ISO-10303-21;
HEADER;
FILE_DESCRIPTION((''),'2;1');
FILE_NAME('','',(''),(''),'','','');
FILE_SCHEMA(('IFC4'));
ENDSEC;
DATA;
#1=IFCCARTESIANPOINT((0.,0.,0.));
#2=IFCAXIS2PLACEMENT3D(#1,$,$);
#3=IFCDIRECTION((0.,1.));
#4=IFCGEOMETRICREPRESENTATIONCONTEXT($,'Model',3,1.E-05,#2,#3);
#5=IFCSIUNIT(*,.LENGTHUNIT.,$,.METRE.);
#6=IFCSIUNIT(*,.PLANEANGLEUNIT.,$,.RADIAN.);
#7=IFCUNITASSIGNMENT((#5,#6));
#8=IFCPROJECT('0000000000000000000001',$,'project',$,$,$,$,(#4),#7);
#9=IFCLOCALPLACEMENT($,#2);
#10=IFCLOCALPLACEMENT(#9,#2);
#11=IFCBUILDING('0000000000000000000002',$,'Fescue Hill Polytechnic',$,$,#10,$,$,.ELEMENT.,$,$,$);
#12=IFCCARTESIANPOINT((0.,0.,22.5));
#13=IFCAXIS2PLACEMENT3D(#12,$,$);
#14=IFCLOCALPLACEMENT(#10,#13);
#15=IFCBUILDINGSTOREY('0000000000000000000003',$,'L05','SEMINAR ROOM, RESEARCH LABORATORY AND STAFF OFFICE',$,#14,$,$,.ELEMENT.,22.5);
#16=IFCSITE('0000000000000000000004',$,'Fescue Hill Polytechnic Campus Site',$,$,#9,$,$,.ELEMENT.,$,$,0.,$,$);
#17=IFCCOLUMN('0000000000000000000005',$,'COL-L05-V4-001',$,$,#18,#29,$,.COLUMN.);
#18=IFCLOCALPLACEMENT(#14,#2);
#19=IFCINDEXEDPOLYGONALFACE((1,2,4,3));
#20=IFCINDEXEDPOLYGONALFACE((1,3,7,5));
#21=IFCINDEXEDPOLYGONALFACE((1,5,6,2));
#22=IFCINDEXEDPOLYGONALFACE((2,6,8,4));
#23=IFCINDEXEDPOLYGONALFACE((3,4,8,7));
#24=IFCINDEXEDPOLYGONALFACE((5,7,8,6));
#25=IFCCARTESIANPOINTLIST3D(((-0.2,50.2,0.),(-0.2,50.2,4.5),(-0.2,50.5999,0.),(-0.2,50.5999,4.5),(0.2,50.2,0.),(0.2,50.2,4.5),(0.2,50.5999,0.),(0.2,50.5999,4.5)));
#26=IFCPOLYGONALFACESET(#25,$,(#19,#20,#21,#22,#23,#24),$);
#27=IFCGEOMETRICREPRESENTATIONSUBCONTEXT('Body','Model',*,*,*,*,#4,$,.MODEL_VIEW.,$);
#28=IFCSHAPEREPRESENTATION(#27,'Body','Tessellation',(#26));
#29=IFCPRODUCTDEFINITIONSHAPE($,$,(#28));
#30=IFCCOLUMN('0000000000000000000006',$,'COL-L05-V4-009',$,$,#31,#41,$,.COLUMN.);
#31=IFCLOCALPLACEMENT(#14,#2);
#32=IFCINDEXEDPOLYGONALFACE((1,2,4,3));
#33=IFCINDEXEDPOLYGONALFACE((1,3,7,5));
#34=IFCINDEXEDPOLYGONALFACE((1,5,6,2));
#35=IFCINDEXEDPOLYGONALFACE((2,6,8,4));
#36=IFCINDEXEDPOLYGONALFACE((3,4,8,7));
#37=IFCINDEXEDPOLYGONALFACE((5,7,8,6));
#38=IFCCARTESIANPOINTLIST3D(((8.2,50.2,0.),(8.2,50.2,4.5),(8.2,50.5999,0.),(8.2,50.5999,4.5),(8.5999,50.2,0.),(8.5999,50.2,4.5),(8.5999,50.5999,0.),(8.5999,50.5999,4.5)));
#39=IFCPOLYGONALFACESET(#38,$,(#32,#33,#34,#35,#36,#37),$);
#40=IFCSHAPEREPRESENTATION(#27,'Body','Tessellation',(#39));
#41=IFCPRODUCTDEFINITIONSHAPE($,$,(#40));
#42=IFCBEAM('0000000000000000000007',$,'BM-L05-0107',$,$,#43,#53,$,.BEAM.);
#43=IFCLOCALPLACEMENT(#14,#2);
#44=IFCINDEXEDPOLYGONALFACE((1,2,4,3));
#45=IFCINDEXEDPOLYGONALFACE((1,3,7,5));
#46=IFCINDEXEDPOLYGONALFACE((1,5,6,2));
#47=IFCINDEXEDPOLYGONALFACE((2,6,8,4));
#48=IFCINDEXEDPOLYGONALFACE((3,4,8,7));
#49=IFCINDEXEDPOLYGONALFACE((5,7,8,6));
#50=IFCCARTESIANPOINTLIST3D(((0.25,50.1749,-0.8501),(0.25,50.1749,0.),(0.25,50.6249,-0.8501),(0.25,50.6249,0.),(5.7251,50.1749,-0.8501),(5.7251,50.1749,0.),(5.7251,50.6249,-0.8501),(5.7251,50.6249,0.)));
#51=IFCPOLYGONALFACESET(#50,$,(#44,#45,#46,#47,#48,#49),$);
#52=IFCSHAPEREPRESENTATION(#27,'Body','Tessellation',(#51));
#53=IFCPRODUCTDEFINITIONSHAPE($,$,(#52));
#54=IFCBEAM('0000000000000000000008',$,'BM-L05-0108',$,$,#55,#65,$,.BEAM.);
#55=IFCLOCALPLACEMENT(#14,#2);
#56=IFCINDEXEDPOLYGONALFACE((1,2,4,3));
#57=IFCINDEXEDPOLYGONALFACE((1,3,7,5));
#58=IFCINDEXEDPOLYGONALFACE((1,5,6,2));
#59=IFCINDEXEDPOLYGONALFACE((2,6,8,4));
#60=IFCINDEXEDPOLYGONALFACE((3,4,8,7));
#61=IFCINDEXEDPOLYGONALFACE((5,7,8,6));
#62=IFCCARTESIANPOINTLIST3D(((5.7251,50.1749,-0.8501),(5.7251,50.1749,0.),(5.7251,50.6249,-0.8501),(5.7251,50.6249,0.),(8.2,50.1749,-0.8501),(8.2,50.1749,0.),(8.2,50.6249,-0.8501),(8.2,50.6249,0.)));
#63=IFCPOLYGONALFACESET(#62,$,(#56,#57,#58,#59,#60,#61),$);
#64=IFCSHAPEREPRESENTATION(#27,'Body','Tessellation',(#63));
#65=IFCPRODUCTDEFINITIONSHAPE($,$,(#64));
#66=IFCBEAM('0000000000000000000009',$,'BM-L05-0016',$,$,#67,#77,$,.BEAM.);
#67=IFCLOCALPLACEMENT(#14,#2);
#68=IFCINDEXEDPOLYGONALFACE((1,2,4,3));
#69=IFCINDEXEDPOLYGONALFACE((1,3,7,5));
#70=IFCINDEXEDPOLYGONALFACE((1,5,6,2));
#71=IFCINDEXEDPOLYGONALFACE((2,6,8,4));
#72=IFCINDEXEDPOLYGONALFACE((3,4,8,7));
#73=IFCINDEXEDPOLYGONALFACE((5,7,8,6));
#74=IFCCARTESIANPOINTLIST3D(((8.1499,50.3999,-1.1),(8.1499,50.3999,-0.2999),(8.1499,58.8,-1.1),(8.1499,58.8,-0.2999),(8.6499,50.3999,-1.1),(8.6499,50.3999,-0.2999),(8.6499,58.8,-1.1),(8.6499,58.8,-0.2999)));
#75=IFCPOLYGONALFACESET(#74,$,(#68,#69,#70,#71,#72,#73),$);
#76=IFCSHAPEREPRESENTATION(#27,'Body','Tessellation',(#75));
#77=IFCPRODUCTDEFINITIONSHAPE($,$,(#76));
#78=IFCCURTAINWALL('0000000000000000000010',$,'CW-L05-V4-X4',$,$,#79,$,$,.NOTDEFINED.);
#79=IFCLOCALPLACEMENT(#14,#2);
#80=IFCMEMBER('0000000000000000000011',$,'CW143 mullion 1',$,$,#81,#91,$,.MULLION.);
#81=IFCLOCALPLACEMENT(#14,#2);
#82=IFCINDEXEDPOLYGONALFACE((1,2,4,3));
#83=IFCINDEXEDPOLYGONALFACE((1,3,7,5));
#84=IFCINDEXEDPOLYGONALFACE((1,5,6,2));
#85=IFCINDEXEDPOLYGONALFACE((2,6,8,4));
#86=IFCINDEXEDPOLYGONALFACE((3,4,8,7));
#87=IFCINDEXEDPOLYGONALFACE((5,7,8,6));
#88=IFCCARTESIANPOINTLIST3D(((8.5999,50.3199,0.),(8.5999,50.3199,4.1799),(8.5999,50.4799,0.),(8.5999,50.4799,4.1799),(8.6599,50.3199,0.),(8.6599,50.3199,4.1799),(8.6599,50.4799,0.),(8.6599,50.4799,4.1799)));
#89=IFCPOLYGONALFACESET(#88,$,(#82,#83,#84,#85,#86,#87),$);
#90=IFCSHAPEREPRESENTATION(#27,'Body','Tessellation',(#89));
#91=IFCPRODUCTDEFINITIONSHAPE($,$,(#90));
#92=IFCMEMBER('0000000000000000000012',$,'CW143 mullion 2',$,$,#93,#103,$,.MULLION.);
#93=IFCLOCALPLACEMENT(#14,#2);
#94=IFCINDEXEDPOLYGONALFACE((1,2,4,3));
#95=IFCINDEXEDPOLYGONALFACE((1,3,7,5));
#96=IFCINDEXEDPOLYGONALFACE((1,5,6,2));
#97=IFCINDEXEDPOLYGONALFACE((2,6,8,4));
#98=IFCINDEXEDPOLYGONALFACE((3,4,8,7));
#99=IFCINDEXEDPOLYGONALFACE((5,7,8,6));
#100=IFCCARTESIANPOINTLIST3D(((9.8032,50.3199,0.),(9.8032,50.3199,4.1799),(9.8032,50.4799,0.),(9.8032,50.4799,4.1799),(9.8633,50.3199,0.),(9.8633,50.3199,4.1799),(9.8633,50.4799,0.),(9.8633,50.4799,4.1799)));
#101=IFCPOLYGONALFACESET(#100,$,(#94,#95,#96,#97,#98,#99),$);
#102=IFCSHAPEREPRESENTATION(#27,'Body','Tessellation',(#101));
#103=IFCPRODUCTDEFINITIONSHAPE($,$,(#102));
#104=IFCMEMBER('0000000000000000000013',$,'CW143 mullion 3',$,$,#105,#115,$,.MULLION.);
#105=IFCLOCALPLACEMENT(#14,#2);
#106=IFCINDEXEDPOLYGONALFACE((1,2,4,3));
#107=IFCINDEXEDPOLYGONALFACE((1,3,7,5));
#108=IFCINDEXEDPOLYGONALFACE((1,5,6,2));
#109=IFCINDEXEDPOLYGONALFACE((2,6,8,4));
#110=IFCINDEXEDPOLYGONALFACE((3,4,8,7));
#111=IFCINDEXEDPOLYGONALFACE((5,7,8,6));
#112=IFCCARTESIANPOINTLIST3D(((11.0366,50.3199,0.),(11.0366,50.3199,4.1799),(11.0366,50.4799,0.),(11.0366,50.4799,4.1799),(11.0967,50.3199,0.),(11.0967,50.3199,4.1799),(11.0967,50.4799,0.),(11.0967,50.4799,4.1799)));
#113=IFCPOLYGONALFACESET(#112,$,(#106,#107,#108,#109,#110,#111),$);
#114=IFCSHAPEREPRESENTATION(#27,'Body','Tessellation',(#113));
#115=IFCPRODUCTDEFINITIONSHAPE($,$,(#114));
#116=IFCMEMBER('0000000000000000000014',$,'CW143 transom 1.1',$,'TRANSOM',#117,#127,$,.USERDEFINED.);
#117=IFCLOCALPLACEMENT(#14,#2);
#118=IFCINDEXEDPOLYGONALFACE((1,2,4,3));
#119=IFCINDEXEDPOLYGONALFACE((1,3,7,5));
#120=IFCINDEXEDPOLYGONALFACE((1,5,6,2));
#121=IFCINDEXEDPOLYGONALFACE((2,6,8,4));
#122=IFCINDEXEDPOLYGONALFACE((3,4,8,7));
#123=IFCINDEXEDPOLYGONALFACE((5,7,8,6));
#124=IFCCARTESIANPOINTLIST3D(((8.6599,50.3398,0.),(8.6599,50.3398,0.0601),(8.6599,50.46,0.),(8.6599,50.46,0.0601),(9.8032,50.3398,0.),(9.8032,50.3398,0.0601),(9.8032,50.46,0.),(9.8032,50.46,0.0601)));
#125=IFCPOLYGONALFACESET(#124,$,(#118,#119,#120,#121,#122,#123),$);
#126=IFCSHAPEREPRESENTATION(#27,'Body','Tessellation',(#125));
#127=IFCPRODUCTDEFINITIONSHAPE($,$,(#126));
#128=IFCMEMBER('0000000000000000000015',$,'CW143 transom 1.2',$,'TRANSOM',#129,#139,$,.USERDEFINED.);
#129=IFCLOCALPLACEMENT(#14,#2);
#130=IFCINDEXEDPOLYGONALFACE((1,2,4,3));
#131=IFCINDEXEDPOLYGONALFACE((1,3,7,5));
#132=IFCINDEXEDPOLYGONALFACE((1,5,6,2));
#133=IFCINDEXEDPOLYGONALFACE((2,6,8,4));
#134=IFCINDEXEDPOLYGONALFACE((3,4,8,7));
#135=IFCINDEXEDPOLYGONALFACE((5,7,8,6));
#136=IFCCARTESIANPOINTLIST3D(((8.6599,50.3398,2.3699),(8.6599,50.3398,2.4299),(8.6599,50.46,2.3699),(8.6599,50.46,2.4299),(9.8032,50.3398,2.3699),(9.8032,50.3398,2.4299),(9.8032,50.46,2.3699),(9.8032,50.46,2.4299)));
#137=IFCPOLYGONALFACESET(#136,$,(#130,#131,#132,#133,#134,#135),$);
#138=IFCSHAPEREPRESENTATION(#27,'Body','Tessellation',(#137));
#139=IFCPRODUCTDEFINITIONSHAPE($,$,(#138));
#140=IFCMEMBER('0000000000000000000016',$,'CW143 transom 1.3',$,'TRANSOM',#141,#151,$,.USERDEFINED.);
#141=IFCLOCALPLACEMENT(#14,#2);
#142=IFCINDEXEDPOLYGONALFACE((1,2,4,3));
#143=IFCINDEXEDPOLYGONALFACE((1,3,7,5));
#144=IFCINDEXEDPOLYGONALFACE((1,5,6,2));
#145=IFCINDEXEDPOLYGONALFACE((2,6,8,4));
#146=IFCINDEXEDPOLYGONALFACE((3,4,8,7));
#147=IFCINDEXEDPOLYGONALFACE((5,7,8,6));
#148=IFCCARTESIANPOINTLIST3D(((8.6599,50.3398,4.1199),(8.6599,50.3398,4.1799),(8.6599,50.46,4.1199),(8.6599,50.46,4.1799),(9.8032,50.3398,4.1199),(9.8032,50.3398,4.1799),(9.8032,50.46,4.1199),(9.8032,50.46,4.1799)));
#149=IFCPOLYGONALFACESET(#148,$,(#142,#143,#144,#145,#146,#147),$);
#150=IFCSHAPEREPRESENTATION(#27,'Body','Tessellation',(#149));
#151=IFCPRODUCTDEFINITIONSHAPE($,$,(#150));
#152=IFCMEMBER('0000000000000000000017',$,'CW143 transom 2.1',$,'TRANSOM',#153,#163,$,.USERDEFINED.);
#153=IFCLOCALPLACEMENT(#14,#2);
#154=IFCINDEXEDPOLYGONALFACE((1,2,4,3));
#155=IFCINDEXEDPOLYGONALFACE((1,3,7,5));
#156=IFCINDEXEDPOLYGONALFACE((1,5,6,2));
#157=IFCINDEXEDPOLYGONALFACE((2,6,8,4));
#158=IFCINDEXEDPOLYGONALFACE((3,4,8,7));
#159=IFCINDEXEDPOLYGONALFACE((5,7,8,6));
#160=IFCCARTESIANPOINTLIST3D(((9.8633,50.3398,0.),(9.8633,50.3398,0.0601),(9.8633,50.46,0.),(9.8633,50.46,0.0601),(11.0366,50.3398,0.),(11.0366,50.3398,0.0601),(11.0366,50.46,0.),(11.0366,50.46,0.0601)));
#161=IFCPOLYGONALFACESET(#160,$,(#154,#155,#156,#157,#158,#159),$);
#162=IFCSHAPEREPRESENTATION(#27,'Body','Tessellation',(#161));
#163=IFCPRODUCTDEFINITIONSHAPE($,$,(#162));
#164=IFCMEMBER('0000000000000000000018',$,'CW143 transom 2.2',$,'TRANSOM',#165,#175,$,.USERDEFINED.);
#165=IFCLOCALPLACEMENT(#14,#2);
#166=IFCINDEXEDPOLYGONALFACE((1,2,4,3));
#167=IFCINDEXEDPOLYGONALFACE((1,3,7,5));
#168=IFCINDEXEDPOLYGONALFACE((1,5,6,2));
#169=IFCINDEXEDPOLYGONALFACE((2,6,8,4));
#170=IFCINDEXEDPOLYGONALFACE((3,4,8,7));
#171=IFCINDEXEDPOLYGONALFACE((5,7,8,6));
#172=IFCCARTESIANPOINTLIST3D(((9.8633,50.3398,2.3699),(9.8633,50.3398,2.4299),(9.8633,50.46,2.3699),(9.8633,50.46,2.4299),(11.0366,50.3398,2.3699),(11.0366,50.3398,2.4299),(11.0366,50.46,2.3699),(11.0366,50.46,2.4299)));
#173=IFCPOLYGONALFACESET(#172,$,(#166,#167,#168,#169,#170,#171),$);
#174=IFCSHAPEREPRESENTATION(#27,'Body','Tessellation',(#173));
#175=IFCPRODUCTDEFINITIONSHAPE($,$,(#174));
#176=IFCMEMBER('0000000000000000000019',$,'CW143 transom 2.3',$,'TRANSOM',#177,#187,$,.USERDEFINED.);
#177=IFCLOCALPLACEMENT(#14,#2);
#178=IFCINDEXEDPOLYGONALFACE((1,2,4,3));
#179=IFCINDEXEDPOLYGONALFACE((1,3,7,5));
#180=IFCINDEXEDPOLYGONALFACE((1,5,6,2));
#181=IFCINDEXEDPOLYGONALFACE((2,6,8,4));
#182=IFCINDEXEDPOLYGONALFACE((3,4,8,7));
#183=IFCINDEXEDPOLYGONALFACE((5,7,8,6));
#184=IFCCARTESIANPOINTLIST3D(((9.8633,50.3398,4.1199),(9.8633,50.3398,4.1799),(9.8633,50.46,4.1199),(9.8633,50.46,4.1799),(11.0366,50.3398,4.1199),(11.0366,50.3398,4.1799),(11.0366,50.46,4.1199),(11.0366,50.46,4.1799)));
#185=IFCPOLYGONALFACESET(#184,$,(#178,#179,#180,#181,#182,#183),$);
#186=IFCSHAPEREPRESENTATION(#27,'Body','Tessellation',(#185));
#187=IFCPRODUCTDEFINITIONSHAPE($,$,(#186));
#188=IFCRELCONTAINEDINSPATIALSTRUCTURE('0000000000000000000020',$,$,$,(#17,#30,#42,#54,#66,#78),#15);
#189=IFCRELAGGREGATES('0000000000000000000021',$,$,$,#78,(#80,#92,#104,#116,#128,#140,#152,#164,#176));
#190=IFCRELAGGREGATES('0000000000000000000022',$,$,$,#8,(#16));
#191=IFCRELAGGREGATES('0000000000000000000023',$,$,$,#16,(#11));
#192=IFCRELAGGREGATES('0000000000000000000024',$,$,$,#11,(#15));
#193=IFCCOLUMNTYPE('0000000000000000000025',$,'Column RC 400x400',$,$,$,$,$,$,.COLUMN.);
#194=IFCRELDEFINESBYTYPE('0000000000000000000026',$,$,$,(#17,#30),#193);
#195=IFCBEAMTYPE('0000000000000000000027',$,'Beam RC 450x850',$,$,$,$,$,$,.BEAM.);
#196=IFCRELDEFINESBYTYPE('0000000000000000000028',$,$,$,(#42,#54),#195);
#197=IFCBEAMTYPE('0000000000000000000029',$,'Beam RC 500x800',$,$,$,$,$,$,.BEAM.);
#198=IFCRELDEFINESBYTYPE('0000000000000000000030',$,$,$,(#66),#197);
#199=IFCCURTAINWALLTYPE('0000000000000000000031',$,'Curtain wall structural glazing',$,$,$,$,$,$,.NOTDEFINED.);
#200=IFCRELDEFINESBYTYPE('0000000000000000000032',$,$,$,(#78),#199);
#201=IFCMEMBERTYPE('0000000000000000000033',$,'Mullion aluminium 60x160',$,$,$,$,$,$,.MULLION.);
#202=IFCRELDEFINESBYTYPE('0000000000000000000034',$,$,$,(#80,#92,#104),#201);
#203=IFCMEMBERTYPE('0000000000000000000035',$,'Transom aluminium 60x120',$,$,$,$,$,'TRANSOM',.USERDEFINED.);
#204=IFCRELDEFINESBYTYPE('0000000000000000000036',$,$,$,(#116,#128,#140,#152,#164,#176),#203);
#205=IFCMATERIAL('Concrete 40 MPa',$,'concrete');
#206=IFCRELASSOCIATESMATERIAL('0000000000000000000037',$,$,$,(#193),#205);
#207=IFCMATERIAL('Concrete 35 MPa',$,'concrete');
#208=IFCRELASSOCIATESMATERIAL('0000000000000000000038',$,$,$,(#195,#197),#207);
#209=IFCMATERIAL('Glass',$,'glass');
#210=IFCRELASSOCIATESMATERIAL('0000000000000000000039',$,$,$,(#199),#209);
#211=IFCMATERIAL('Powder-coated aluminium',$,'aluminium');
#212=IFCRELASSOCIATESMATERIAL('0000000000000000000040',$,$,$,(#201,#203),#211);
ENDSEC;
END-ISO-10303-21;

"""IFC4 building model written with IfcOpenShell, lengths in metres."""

from ifc_helpers import new_model, si_unit, direction, frame, origin, origin_2d, place, context, subcontext, project, spatial, rectangle, extrude, material, material_profile, profile_set, type_object, element, aggregate, save


model = new_model("IFC4")

# Units and contexts
model_context = context("Model", 3, precision=1e-05, world=origin(), true_north=direction((0.0, 1.0)))
body_context = subcontext(model_context, "Body", "Model", "MODEL_VIEW")
ifc_project = project(units=[si_unit("LENGTHUNIT", "METRE"), si_unit("PLANEANGLEUNIT", "RADIAN")], contexts=[model_context])

# Site, building, storey
site_placement = place(None, origin())
site = spatial("IfcSite", under=ifc_project, at=site_placement, Name="Fescue Hill Polytechnic Campus Site", CompositionType="ELEMENT", RefElevation=0.0)
building_placement = place(site_placement, origin())
building = spatial("IfcBuilding", under=site, at=building_placement, Name="Fescue Hill Polytechnic", CompositionType="ELEMENT")
storey_placement = place(building_placement, frame((0.0, 0.0, 22.5)))
storey = spatial("IfcBuildingStorey", under=building, at=storey_placement, Name="L05", Description="SEMINAR ROOM, RESEARCH LABORATORY AND STAFF OFFICE", CompositionType="ELEMENT", Elevation=22.5)

# Columns
ifc_material_1 = material(Name="Concrete 40 MPa", Category="concrete")
ifc_material_profile_1 = material_profile(ifc_material_1, rectangle(XDim=0.3999, YDim=0.3999, at=origin_2d()), Name="RC 400x400")
ifc_profile_set_1 = profile_set([ifc_material_profile_1], Name="Concrete 40 MPa")
column_type = type_object("IfcColumnType", Name="Column RC 400x400", PredefinedType="COLUMN", material=ifc_profile_set_1)
for number, where, z_axis, x_axis, name in (
    (1, (0.0, 50.3999, 0.0), (0.0, 0.0, 1.0), (1.0, 0.0, 0.0), "COL-L05-V4-001"),
    (2, (8.3999, 50.3999, 0.0), (0.0, 0.0, 1.0), (1.0, 0.0, 0.0), "COL-L05-V4-009"),
):
    element("IfcColumn", number, at=place(storey_placement, frame(where, z_axis=z_axis, x_axis=x_axis)), inside=storey, type_object=column_type, Name=name, PredefinedType="COLUMN", context=body_context, shape_type="SweptSolid", body=[
        extrude(rectangle(XDim=0.3999, YDim=0.3999, at=origin_2d()), origin(), (0.0, 0.0, 1.0), 4.5),
    ])

# Beams
ifc_material_2 = material(Name="Concrete 35 MPa", Category="concrete")
ifc_material_profile_2 = material_profile(ifc_material_2, rectangle(XDim=0.45, YDim=0.8501, at=origin_2d()), Name="RC 450x850")
ifc_profile_set_2 = profile_set([ifc_material_profile_2], Name="Concrete 35 MPa")
beam_type_1 = type_object("IfcBeamType", Name="Beam RC 450x850", PredefinedType="BEAM", material=ifc_profile_set_2)
beam_1_placement = place(storey_placement, frame((0.25, 50.3999, -0.425), z_axis=(1.0, 0.0, 0.0), x_axis=(0.0, 1.0, 0.0)))
element("IfcBeam", 3, at=beam_1_placement, inside=storey, type_object=beam_type_1, Name="BM-L05-0107", PredefinedType="BEAM", context=body_context, shape_type="SweptSolid", body=[
    extrude(rectangle(XDim=0.45, YDim=0.8501, at=origin_2d()), origin(), (0.0, 0.0, 1.0), 5.4751),
])
beam_2_placement = place(storey_placement, frame((5.7251, 50.3999, -0.425), z_axis=(1.0, 0.0, 0.0), x_axis=(0.0, 1.0, 0.0)))
element("IfcBeam", 4, at=beam_2_placement, inside=storey, type_object=beam_type_1, Name="BM-L05-0108", PredefinedType="BEAM", context=body_context, shape_type="SweptSolid", body=[
    extrude(rectangle(XDim=0.45, YDim=0.8501, at=origin_2d()), origin(), (0.0, 0.0, 1.0), 2.4749),
])
ifc_material_profile_3 = material_profile(ifc_material_2, rectangle(XDim=0.5, YDim=0.8, at=origin_2d()), Name="RC 500x800")
ifc_profile_set_3 = profile_set([ifc_material_profile_3], Name="Concrete 35 MPa")
beam_type_2 = type_object("IfcBeamType", Name="Beam RC 500x800", PredefinedType="BEAM", material=ifc_profile_set_3)
beam_3_placement = place(storey_placement, frame((8.3999, 50.3999, -0.7), z_axis=(0.0, 1.0, 0.0), x_axis=(-1.0, 0.0, 0.0)))
element("IfcBeam", 5, at=beam_3_placement, inside=storey, type_object=beam_type_2, Name="BM-L05-0016", PredefinedType="BEAM", context=body_context, shape_type="SweptSolid", body=[
    extrude(rectangle(XDim=0.5, YDim=0.8, at=origin_2d()), origin(), (0.0, 0.0, 1.0), 8.4001),
])

# Curtain wall, members
ifc_material_3 = material(Name="Glass", Category="glass")
curtain_wall_type = type_object("IfcCurtainWallType", Name="Curtain wall structural glazing", PredefinedType="NOTDEFINED", material=ifc_material_3)
curtain_wall_placement = place(storey_placement, origin())
curtain_wall = element("IfcCurtainWall", 6, at=curtain_wall_placement, inside=storey, type_object=curtain_wall_type, Name="CW-L05-V4-X4", PredefinedType="NOTDEFINED")
ifc_material_4 = material(Name="Powder-coated aluminium", Category="aluminium")
ifc_material_profile_4 = material_profile(ifc_material_4, rectangle(XDim=0.1599, YDim=0.0601, at=origin_2d()), Name="Mullion aluminium 60x160")
ifc_profile_set_4 = profile_set([ifc_material_profile_4], Name="Powder-coated aluminium")
member_type_1 = type_object("IfcMemberType", Name="Mullion aluminium 60x160", PredefinedType="MULLION", material=ifc_profile_set_4)
member_1_placement = place(storey_placement, frame((8.6299, 50.3999, 0.0), z_axis=(0.0, 0.0, 1.0), x_axis=(0.0, 1.0, 0.0)))
member_1 = element("IfcMember", 7, at=member_1_placement, type_object=member_type_1, Name="CW143 mullion 1", PredefinedType="MULLION", context=body_context, shape_type="SweptSolid", body=[
    extrude(rectangle(XDim=0.1599, YDim=0.0601, at=origin_2d()), origin(), (0.0, 0.0, 1.0), 4.1799),
])
member_2_placement = place(storey_placement, frame((9.8333, 50.3999, 0.0), z_axis=(0.0, 0.0, 1.0), x_axis=(0.0, 1.0, 0.0)))
member_2 = element("IfcMember", 8, at=member_2_placement, type_object=member_type_1, Name="CW143 mullion 2", PredefinedType="MULLION", context=body_context, shape_type="SweptSolid", body=[
    extrude(rectangle(XDim=0.1599, YDim=0.0601, at=origin_2d()), origin(), (0.0, 0.0, 1.0), 4.1799),
])
member_3_placement = place(storey_placement, frame((11.0667, 50.3999, 0.0), z_axis=(0.0, 0.0, 1.0), x_axis=(0.0, 1.0, 0.0)))
member_3 = element("IfcMember", 9, at=member_3_placement, type_object=member_type_1, Name="CW143 mullion 3", PredefinedType="MULLION", context=body_context, shape_type="SweptSolid", body=[
    extrude(rectangle(XDim=0.1599, YDim=0.0601, at=origin_2d()), origin(), (0.0, 0.0, 1.0), 4.1799),
])
ifc_material_profile_5 = material_profile(ifc_material_4, rectangle(XDim=0.1201, YDim=0.0601, at=origin_2d()), Name="Transom aluminium 60x120")
ifc_profile_set_5 = profile_set([ifc_material_profile_5], Name="Powder-coated aluminium")
member_type_2 = type_object("IfcMemberType", Name="Transom aluminium 60x120", ElementType="TRANSOM", PredefinedType="USERDEFINED", material=ifc_profile_set_5)
member_4_placement = place(storey_placement, frame((8.6599, 50.3999, 0.03), z_axis=(1.0, 0.0, 0.0), x_axis=(0.0, 1.0, 0.0)))
member_4 = element("IfcMember", 10, at=member_4_placement, type_object=member_type_2, Name="CW143 transom 1.1", ObjectType="TRANSOM", PredefinedType="USERDEFINED", context=body_context, shape_type="SweptSolid", body=[
    extrude(rectangle(XDim=0.1201, YDim=0.0601, at=origin_2d()), origin(), (0.0, 0.0, 1.0), 1.1433),
])
member_5_placement = place(storey_placement, frame((8.6599, 50.3999, 2.3999), z_axis=(1.0, 0.0, 0.0), x_axis=(0.0, 1.0, 0.0)))
member_5 = element("IfcMember", 11, at=member_5_placement, type_object=member_type_2, Name="CW143 transom 1.2", ObjectType="TRANSOM", PredefinedType="USERDEFINED", context=body_context, shape_type="SweptSolid", body=[
    extrude(rectangle(XDim=0.1201, YDim=0.0601, at=origin_2d()), origin(), (0.0, 0.0, 1.0), 1.1433),
])
member_6_placement = place(storey_placement, frame((8.6599, 50.3999, 4.1499), z_axis=(1.0, 0.0, 0.0), x_axis=(0.0, 1.0, 0.0)))
member_6 = element("IfcMember", 12, at=member_6_placement, type_object=member_type_2, Name="CW143 transom 1.3", ObjectType="TRANSOM", PredefinedType="USERDEFINED", context=body_context, shape_type="SweptSolid", body=[
    extrude(rectangle(XDim=0.1201, YDim=0.0601, at=origin_2d()), origin(), (0.0, 0.0, 1.0), 1.1433),
])
member_7_placement = place(storey_placement, frame((9.8633, 50.3999, 0.03), z_axis=(1.0, 0.0, 0.0), x_axis=(0.0, 1.0, 0.0)))
member_7 = element("IfcMember", 13, at=member_7_placement, type_object=member_type_2, Name="CW143 transom 2.1", ObjectType="TRANSOM", PredefinedType="USERDEFINED", context=body_context, shape_type="SweptSolid", body=[
    extrude(rectangle(XDim=0.1201, YDim=0.0601, at=origin_2d()), origin(), (0.0, 0.0, 1.0), 1.1733),
])
member_8_placement = place(storey_placement, frame((9.8633, 50.3999, 2.3999), z_axis=(1.0, 0.0, 0.0), x_axis=(0.0, 1.0, 0.0)))
member_8 = element("IfcMember", 14, at=member_8_placement, type_object=member_type_2, Name="CW143 transom 2.2", ObjectType="TRANSOM", PredefinedType="USERDEFINED", context=body_context, shape_type="SweptSolid", body=[
    extrude(rectangle(XDim=0.1201, YDim=0.0601, at=origin_2d()), origin(), (0.0, 0.0, 1.0), 1.1733),
])
member_9_placement = place(storey_placement, frame((9.8633, 50.3999, 4.1499), z_axis=(1.0, 0.0, 0.0), x_axis=(0.0, 1.0, 0.0)))
member_9 = element("IfcMember", 15, at=member_9_placement, type_object=member_type_2, Name="CW143 transom 2.3", ObjectType="TRANSOM", PredefinedType="USERDEFINED", context=body_context, shape_type="SweptSolid", body=[
    extrude(rectangle(XDim=0.1201, YDim=0.0601, at=origin_2d()), origin(), (0.0, 0.0, 1.0), 1.1733),
])
aggregate(curtain_wall, [member_1, member_2, member_3, member_4, member_5, member_6, member_7, member_8, member_9])

save(model, "model.ifc")
